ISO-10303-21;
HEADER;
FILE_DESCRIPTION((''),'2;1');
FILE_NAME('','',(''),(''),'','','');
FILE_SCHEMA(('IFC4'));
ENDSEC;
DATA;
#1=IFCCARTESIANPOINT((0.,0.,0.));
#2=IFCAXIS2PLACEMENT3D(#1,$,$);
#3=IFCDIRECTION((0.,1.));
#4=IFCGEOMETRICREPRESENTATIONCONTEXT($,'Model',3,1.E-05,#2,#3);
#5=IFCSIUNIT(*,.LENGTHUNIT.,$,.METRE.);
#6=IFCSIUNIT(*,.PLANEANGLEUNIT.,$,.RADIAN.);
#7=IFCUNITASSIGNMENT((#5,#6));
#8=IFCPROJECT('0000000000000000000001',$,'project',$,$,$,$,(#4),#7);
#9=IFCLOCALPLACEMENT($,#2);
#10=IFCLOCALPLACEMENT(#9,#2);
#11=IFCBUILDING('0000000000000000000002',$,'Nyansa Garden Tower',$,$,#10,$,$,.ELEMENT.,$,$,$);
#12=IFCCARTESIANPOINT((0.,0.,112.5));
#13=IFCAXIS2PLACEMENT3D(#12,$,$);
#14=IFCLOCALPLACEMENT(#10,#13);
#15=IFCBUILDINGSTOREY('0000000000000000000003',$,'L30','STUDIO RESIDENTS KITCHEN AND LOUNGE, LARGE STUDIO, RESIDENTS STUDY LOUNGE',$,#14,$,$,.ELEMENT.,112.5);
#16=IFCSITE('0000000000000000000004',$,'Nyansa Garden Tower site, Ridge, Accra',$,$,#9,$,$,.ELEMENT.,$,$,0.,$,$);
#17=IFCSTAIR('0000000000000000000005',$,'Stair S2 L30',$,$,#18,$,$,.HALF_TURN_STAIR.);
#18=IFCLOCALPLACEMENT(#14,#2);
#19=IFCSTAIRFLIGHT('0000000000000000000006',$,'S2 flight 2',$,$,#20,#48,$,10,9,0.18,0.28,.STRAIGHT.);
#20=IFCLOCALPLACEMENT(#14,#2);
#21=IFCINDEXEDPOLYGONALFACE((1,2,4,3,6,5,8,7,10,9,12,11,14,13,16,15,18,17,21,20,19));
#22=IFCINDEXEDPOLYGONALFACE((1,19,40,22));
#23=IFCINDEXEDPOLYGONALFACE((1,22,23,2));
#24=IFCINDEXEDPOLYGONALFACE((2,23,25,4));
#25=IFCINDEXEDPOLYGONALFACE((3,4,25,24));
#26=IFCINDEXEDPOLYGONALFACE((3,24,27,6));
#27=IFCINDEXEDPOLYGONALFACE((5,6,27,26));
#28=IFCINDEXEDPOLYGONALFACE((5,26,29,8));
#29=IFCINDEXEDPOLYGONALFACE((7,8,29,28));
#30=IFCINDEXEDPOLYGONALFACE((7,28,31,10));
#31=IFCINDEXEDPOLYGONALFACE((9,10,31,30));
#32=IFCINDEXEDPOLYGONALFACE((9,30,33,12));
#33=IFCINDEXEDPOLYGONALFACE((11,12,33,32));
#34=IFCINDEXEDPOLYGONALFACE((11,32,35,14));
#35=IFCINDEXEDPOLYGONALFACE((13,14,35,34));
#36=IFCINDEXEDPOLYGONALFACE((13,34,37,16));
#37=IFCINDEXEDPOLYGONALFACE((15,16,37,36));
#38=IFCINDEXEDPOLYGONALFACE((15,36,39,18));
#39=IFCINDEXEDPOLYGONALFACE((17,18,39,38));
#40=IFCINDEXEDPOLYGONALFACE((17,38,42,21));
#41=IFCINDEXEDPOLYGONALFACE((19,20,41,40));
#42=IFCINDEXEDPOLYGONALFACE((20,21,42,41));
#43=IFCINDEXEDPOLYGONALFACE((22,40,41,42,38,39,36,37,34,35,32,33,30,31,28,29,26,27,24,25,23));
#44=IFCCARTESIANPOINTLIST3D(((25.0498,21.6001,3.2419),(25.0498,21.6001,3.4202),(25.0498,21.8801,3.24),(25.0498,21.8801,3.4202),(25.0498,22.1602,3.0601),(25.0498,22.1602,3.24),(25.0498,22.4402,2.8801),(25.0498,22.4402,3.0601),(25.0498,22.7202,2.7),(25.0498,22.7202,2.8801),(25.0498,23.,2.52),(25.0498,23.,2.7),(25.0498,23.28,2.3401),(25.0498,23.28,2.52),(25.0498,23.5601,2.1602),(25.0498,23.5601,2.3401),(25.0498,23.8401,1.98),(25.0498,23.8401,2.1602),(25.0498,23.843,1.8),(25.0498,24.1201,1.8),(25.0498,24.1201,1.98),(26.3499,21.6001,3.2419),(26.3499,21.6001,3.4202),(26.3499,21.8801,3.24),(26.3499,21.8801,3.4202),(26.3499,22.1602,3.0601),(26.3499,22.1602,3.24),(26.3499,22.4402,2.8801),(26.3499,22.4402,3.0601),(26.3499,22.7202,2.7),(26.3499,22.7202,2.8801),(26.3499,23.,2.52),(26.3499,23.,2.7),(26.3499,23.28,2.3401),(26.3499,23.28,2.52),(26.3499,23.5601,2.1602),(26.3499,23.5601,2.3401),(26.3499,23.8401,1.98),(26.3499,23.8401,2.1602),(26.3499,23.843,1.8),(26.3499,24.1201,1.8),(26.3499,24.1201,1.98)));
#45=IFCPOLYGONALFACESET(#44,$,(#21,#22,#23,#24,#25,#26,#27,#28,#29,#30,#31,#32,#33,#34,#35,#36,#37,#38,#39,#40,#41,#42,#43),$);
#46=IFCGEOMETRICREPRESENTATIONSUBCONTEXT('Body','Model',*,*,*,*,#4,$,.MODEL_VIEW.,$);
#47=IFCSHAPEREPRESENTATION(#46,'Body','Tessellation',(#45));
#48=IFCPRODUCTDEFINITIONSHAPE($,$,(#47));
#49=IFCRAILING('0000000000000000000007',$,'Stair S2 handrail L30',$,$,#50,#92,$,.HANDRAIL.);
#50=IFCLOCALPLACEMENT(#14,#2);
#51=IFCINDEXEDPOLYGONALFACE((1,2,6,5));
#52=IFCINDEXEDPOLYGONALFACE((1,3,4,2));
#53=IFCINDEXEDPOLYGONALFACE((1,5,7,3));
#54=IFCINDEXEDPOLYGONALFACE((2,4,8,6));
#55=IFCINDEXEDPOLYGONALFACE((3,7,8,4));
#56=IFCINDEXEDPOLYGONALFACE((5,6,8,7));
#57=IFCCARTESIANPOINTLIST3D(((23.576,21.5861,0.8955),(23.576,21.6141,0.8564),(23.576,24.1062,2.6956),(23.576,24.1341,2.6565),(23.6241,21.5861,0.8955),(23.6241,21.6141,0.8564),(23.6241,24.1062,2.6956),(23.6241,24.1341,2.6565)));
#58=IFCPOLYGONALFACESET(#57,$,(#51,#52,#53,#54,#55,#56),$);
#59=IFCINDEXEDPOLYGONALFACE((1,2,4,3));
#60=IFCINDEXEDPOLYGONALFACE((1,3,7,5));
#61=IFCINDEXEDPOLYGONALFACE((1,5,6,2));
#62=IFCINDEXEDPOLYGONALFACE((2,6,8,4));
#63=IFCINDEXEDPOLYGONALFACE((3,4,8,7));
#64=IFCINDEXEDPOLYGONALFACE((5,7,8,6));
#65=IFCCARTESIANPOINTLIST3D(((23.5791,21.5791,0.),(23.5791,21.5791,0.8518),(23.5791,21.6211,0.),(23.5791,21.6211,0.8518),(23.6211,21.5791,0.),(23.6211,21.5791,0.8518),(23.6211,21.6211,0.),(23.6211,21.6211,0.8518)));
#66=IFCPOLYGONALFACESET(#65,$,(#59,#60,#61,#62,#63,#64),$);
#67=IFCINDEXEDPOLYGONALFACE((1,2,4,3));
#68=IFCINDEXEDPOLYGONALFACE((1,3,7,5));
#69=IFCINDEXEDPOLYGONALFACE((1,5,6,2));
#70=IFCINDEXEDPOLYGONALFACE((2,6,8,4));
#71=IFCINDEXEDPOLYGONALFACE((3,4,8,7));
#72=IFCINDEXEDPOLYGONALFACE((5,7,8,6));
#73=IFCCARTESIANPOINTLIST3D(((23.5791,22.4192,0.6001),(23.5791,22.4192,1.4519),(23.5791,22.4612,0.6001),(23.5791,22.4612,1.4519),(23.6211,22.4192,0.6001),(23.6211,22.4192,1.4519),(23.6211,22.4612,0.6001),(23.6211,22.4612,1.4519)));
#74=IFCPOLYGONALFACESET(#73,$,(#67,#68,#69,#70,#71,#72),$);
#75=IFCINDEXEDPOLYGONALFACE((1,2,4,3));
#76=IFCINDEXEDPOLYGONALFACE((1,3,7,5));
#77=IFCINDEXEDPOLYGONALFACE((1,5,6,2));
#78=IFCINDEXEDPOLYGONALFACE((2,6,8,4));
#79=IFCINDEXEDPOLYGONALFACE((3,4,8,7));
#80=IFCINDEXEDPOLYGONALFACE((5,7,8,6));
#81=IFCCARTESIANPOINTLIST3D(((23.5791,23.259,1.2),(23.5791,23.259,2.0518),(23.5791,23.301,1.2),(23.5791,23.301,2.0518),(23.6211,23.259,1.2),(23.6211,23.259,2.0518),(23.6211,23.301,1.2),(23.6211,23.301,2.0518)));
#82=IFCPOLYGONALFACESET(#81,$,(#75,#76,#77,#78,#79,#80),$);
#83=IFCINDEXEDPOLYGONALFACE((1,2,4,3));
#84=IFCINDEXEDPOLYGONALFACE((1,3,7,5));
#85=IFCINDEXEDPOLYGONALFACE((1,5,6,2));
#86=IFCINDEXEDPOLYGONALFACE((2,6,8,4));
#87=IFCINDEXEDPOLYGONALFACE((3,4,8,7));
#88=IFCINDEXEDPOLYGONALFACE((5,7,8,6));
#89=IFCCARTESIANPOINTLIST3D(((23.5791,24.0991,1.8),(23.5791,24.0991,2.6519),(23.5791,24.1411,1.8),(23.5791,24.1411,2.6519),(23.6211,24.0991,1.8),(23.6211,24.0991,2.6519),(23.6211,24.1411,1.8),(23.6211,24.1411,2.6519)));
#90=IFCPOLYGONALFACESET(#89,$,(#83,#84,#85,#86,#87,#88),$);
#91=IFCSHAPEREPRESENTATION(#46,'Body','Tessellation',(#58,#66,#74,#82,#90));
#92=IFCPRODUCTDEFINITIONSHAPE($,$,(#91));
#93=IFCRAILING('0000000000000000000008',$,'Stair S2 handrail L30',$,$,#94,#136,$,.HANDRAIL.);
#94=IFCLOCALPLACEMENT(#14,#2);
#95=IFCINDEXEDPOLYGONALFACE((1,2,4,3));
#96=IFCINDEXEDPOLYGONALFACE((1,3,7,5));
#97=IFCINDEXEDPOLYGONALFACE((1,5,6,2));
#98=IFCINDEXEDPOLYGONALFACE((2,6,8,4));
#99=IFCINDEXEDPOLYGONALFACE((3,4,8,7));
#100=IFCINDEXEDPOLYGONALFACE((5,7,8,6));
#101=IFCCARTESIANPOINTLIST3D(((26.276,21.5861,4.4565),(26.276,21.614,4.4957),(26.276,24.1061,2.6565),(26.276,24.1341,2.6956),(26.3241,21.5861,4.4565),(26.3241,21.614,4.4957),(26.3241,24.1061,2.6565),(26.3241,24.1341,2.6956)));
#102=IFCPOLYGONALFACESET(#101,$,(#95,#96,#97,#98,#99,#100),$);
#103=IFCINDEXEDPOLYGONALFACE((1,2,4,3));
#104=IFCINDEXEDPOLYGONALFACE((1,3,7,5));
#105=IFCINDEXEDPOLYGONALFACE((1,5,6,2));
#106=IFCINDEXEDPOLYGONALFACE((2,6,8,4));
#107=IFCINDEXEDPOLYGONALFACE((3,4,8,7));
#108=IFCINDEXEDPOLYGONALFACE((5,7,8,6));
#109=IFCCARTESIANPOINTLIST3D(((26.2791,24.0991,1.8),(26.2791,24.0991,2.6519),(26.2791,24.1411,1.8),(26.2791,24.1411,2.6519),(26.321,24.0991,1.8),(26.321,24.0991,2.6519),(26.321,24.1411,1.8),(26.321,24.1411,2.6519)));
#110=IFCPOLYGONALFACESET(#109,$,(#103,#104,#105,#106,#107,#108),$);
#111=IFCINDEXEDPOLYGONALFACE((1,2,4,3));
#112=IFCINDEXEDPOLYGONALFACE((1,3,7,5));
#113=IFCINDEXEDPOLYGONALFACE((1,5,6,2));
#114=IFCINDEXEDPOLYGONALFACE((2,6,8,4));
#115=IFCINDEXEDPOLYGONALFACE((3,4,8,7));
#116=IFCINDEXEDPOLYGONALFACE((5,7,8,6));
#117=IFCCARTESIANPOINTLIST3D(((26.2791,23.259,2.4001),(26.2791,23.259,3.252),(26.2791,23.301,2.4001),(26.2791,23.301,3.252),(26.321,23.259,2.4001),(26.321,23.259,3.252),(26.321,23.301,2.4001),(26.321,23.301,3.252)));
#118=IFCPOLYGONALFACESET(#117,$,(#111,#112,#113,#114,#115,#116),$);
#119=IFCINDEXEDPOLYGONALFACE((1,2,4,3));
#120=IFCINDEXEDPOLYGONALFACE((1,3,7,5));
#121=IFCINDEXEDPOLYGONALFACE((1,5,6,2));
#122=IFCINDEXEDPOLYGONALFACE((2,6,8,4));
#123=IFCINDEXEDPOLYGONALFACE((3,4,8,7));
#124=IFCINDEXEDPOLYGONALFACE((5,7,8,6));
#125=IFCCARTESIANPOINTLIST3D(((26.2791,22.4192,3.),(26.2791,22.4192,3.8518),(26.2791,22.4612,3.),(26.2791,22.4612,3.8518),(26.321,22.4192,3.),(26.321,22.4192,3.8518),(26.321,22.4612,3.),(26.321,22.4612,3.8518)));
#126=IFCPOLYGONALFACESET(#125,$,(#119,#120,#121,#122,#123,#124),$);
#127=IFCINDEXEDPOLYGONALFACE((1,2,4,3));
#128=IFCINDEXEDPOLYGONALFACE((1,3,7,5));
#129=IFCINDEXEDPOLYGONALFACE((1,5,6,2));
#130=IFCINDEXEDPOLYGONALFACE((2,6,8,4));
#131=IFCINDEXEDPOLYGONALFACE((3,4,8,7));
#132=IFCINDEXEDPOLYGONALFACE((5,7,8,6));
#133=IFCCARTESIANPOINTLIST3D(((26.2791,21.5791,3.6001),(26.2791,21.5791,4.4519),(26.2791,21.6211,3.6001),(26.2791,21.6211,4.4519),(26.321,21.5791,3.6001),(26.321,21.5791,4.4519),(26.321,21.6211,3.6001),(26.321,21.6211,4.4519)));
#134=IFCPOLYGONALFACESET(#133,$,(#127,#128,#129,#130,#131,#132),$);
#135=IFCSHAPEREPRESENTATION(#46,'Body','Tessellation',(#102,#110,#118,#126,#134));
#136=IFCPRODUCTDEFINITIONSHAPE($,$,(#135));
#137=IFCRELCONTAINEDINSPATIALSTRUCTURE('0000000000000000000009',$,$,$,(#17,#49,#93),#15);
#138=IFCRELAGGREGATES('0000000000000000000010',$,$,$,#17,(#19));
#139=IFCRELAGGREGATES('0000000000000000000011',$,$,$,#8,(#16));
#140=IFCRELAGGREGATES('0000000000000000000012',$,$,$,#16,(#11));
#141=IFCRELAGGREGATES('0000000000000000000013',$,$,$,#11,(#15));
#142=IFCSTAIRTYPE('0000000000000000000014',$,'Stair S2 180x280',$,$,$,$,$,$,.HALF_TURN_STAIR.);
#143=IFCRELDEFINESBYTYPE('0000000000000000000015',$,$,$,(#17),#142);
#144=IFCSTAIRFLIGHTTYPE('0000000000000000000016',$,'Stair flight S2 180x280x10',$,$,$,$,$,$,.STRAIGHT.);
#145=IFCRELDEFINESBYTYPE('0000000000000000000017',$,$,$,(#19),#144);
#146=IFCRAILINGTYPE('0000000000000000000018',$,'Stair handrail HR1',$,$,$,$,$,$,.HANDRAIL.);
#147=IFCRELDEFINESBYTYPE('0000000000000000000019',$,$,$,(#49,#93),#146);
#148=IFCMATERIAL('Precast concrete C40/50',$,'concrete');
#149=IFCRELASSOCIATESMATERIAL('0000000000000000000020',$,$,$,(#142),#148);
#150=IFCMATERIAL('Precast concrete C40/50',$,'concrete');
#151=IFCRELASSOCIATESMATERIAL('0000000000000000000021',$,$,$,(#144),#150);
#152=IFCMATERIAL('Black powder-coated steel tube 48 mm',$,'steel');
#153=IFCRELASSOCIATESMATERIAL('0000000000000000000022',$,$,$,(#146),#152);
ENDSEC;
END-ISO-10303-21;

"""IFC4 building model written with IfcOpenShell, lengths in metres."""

from ifc_helpers import new_model, si_unit, direction, frame, origin, origin_2d, place, context, subcontext, project, spatial, polyline, rectangle, outline, extrude, material, type_object, element, aggregate, save


model = new_model("IFC4")

# Units and contexts
model_context = context("Model", 3, precision=1e-05, world=origin(), true_north=direction((0.0, 1.0)))
body_context = subcontext(model_context, "Body", "Model", "MODEL_VIEW")
ifc_project = project(units=[si_unit("LENGTHUNIT", "METRE"), si_unit("PLANEANGLEUNIT", "RADIAN")], contexts=[model_context])

# Site, building, storey
site_placement = place(None, origin())
site = spatial("IfcSite", under=ifc_project, at=site_placement, Name="Nyansa Garden Tower site, Ridge, Accra", CompositionType="ELEMENT", RefElevation=0.0)
building_placement = place(site_placement, origin())
building = spatial("IfcBuilding", under=site, at=building_placement, Name="Nyansa Garden Tower", CompositionType="ELEMENT")
storey_placement = place(building_placement, frame((0.0, 0.0, 112.5)))
storey = spatial("IfcBuildingStorey", under=building, at=storey_placement, Name="L30", Description="STUDIO RESIDENTS KITCHEN AND LOUNGE, LARGE STUDIO, RESIDENTS STUDY LOUNGE", CompositionType="ELEMENT", Elevation=112.5)

# Stair, stair flight
ifc_material_1 = material(Name="Precast concrete C40/50", Category="concrete")
stair_type = type_object("IfcStairType", Name="Stair S2 180x280", PredefinedType="HALF_TURN_STAIR", material=ifc_material_1)
stair_placement = place(storey_placement, origin())
stair = element("IfcStair", 1, at=stair_placement, inside=storey, type_object=stair_type, Name="Stair S2 L30", PredefinedType="HALF_TURN_STAIR")
ifc_material_2 = material(Name="Precast concrete C40/50", Category="concrete")
stair_flight_type = type_object("IfcStairFlightType", Name="Stair flight S2 180x280x10", PredefinedType="STRAIGHT", material=ifc_material_2)
stair_flight_1_placement = place(storey_placement, frame((25.7, 24.1201, 1.8), z_axis=(0.0, 0.0, 1.0), x_axis=(0.0, -1.0, 0.0)))
stair_flight_1 = element("IfcStairFlight", 2, at=stair_flight_1_placement, type_object=stair_flight_type, Name="S2 flight 2", NumberOfRisers=10, NumberOfTreads=9, PredefinedType="STRAIGHT", RiserHeight=0.18, TreadLength=0.28, context=body_context, shape_type="SweptSolid", body=[
    extrude(outline(polyline([(0.0, 0.0), (0.0, 0.1799), (0.28, 0.1799), (0.28, 0.3601), (0.5601, 0.3601), (0.5601, 0.54), (0.8401, 0.54), (0.8401, 0.72), (1.1201, 0.72), (1.1201, 0.8999), (1.3999, 0.8999), (1.3999, 1.0801), (1.6799, 1.0801), (1.6799, 1.26), (1.96, 1.26), (1.96, 1.4399), (2.24, 1.4399), (2.24, 1.6201), (2.52, 1.6201), (2.52, 1.8), (2.52, 1.4419), (0.2771, 0.0), (0.0, 0.0)])), frame((0.0, 0.6499, 0.0), z_axis=(0.0, -1.0, 0.0), x_axis=(1.0, 0.0, 0.0)), (0.0, 0.0, 1.0), 1.3),
])
aggregate(stair, [stair_flight_1])

# Railings
ifc_material_3 = material(Name="Black powder-coated steel tube 48 mm", Category="steel")
railing_type = type_object("IfcRailingType", Name="Stair handrail HR1", PredefinedType="HANDRAIL", material=ifc_material_3)
railing_1_placement = place(storey_placement, frame((23.6001, 21.6001, 0.0)))
element("IfcRailing", 3, at=railing_1_placement, inside=storey, type_object=railing_type, Name="Stair S2 handrail L30", PredefinedType="HANDRAIL", context=body_context, shape_type="SweptSolid", body=[
    extrude(rectangle(XDim=0.0481, YDim=0.0481, at=origin_2d()), frame((0.0, 0.0, 0.876), z_axis=(0.0, 0.813728, 0.581246), x_axis=(-1.0, 0.0, 0.0)), (0.0, 0.0, 1.0), 3.0969),
    extrude(rectangle(XDim=0.042, YDim=0.042, at=origin_2d()), origin(), (0.0, 0.0, 1.0), 0.8518),
    extrude(rectangle(XDim=0.042, YDim=0.042, at=origin_2d()), frame((0.0, 0.8401, 0.6001)), (0.0, 0.0, 1.0), 0.8518),
    extrude(rectangle(XDim=0.042, YDim=0.042, at=origin_2d()), frame((0.0, 1.6799, 1.2)), (0.0, 0.0, 1.0), 0.8518),
    extrude(rectangle(XDim=0.042, YDim=0.042, at=origin_2d()), frame((0.0, 2.52, 1.8)), (0.0, 0.0, 1.0), 0.8518),
])
railing_2_placement = place(storey_placement, frame((26.3, 24.1201, 1.8)))
element("IfcRailing", 4, at=railing_2_placement, inside=storey, type_object=railing_type, Name="Stair S2 handrail L30", PredefinedType="HANDRAIL", context=body_context, shape_type="SweptSolid", body=[
    extrude(rectangle(XDim=0.0481, YDim=0.0481, at=origin_2d()), frame((0.0, 0.0, 0.876), z_axis=(0.0, -0.813728, 0.581246), x_axis=(1.0, 0.0, 0.0)), (0.0, 0.0, 1.0), 3.0969),
    extrude(rectangle(XDim=0.042, YDim=0.042, at=origin_2d()), origin(), (0.0, 0.0, 1.0), 0.8518),
    extrude(rectangle(XDim=0.042, YDim=0.042, at=origin_2d()), frame((0.0, -0.8401, 0.6001)), (0.0, 0.0, 1.0), 0.8518),
    extrude(rectangle(XDim=0.042, YDim=0.042, at=origin_2d()), frame((0.0, -1.6799, 1.2)), (0.0, 0.0, 1.0), 0.8518),
    extrude(rectangle(XDim=0.042, YDim=0.042, at=origin_2d()), frame((0.0, -2.52, 1.8)), (0.0, 0.0, 1.0), 0.8518),
])

save(model, "model.ifc")
